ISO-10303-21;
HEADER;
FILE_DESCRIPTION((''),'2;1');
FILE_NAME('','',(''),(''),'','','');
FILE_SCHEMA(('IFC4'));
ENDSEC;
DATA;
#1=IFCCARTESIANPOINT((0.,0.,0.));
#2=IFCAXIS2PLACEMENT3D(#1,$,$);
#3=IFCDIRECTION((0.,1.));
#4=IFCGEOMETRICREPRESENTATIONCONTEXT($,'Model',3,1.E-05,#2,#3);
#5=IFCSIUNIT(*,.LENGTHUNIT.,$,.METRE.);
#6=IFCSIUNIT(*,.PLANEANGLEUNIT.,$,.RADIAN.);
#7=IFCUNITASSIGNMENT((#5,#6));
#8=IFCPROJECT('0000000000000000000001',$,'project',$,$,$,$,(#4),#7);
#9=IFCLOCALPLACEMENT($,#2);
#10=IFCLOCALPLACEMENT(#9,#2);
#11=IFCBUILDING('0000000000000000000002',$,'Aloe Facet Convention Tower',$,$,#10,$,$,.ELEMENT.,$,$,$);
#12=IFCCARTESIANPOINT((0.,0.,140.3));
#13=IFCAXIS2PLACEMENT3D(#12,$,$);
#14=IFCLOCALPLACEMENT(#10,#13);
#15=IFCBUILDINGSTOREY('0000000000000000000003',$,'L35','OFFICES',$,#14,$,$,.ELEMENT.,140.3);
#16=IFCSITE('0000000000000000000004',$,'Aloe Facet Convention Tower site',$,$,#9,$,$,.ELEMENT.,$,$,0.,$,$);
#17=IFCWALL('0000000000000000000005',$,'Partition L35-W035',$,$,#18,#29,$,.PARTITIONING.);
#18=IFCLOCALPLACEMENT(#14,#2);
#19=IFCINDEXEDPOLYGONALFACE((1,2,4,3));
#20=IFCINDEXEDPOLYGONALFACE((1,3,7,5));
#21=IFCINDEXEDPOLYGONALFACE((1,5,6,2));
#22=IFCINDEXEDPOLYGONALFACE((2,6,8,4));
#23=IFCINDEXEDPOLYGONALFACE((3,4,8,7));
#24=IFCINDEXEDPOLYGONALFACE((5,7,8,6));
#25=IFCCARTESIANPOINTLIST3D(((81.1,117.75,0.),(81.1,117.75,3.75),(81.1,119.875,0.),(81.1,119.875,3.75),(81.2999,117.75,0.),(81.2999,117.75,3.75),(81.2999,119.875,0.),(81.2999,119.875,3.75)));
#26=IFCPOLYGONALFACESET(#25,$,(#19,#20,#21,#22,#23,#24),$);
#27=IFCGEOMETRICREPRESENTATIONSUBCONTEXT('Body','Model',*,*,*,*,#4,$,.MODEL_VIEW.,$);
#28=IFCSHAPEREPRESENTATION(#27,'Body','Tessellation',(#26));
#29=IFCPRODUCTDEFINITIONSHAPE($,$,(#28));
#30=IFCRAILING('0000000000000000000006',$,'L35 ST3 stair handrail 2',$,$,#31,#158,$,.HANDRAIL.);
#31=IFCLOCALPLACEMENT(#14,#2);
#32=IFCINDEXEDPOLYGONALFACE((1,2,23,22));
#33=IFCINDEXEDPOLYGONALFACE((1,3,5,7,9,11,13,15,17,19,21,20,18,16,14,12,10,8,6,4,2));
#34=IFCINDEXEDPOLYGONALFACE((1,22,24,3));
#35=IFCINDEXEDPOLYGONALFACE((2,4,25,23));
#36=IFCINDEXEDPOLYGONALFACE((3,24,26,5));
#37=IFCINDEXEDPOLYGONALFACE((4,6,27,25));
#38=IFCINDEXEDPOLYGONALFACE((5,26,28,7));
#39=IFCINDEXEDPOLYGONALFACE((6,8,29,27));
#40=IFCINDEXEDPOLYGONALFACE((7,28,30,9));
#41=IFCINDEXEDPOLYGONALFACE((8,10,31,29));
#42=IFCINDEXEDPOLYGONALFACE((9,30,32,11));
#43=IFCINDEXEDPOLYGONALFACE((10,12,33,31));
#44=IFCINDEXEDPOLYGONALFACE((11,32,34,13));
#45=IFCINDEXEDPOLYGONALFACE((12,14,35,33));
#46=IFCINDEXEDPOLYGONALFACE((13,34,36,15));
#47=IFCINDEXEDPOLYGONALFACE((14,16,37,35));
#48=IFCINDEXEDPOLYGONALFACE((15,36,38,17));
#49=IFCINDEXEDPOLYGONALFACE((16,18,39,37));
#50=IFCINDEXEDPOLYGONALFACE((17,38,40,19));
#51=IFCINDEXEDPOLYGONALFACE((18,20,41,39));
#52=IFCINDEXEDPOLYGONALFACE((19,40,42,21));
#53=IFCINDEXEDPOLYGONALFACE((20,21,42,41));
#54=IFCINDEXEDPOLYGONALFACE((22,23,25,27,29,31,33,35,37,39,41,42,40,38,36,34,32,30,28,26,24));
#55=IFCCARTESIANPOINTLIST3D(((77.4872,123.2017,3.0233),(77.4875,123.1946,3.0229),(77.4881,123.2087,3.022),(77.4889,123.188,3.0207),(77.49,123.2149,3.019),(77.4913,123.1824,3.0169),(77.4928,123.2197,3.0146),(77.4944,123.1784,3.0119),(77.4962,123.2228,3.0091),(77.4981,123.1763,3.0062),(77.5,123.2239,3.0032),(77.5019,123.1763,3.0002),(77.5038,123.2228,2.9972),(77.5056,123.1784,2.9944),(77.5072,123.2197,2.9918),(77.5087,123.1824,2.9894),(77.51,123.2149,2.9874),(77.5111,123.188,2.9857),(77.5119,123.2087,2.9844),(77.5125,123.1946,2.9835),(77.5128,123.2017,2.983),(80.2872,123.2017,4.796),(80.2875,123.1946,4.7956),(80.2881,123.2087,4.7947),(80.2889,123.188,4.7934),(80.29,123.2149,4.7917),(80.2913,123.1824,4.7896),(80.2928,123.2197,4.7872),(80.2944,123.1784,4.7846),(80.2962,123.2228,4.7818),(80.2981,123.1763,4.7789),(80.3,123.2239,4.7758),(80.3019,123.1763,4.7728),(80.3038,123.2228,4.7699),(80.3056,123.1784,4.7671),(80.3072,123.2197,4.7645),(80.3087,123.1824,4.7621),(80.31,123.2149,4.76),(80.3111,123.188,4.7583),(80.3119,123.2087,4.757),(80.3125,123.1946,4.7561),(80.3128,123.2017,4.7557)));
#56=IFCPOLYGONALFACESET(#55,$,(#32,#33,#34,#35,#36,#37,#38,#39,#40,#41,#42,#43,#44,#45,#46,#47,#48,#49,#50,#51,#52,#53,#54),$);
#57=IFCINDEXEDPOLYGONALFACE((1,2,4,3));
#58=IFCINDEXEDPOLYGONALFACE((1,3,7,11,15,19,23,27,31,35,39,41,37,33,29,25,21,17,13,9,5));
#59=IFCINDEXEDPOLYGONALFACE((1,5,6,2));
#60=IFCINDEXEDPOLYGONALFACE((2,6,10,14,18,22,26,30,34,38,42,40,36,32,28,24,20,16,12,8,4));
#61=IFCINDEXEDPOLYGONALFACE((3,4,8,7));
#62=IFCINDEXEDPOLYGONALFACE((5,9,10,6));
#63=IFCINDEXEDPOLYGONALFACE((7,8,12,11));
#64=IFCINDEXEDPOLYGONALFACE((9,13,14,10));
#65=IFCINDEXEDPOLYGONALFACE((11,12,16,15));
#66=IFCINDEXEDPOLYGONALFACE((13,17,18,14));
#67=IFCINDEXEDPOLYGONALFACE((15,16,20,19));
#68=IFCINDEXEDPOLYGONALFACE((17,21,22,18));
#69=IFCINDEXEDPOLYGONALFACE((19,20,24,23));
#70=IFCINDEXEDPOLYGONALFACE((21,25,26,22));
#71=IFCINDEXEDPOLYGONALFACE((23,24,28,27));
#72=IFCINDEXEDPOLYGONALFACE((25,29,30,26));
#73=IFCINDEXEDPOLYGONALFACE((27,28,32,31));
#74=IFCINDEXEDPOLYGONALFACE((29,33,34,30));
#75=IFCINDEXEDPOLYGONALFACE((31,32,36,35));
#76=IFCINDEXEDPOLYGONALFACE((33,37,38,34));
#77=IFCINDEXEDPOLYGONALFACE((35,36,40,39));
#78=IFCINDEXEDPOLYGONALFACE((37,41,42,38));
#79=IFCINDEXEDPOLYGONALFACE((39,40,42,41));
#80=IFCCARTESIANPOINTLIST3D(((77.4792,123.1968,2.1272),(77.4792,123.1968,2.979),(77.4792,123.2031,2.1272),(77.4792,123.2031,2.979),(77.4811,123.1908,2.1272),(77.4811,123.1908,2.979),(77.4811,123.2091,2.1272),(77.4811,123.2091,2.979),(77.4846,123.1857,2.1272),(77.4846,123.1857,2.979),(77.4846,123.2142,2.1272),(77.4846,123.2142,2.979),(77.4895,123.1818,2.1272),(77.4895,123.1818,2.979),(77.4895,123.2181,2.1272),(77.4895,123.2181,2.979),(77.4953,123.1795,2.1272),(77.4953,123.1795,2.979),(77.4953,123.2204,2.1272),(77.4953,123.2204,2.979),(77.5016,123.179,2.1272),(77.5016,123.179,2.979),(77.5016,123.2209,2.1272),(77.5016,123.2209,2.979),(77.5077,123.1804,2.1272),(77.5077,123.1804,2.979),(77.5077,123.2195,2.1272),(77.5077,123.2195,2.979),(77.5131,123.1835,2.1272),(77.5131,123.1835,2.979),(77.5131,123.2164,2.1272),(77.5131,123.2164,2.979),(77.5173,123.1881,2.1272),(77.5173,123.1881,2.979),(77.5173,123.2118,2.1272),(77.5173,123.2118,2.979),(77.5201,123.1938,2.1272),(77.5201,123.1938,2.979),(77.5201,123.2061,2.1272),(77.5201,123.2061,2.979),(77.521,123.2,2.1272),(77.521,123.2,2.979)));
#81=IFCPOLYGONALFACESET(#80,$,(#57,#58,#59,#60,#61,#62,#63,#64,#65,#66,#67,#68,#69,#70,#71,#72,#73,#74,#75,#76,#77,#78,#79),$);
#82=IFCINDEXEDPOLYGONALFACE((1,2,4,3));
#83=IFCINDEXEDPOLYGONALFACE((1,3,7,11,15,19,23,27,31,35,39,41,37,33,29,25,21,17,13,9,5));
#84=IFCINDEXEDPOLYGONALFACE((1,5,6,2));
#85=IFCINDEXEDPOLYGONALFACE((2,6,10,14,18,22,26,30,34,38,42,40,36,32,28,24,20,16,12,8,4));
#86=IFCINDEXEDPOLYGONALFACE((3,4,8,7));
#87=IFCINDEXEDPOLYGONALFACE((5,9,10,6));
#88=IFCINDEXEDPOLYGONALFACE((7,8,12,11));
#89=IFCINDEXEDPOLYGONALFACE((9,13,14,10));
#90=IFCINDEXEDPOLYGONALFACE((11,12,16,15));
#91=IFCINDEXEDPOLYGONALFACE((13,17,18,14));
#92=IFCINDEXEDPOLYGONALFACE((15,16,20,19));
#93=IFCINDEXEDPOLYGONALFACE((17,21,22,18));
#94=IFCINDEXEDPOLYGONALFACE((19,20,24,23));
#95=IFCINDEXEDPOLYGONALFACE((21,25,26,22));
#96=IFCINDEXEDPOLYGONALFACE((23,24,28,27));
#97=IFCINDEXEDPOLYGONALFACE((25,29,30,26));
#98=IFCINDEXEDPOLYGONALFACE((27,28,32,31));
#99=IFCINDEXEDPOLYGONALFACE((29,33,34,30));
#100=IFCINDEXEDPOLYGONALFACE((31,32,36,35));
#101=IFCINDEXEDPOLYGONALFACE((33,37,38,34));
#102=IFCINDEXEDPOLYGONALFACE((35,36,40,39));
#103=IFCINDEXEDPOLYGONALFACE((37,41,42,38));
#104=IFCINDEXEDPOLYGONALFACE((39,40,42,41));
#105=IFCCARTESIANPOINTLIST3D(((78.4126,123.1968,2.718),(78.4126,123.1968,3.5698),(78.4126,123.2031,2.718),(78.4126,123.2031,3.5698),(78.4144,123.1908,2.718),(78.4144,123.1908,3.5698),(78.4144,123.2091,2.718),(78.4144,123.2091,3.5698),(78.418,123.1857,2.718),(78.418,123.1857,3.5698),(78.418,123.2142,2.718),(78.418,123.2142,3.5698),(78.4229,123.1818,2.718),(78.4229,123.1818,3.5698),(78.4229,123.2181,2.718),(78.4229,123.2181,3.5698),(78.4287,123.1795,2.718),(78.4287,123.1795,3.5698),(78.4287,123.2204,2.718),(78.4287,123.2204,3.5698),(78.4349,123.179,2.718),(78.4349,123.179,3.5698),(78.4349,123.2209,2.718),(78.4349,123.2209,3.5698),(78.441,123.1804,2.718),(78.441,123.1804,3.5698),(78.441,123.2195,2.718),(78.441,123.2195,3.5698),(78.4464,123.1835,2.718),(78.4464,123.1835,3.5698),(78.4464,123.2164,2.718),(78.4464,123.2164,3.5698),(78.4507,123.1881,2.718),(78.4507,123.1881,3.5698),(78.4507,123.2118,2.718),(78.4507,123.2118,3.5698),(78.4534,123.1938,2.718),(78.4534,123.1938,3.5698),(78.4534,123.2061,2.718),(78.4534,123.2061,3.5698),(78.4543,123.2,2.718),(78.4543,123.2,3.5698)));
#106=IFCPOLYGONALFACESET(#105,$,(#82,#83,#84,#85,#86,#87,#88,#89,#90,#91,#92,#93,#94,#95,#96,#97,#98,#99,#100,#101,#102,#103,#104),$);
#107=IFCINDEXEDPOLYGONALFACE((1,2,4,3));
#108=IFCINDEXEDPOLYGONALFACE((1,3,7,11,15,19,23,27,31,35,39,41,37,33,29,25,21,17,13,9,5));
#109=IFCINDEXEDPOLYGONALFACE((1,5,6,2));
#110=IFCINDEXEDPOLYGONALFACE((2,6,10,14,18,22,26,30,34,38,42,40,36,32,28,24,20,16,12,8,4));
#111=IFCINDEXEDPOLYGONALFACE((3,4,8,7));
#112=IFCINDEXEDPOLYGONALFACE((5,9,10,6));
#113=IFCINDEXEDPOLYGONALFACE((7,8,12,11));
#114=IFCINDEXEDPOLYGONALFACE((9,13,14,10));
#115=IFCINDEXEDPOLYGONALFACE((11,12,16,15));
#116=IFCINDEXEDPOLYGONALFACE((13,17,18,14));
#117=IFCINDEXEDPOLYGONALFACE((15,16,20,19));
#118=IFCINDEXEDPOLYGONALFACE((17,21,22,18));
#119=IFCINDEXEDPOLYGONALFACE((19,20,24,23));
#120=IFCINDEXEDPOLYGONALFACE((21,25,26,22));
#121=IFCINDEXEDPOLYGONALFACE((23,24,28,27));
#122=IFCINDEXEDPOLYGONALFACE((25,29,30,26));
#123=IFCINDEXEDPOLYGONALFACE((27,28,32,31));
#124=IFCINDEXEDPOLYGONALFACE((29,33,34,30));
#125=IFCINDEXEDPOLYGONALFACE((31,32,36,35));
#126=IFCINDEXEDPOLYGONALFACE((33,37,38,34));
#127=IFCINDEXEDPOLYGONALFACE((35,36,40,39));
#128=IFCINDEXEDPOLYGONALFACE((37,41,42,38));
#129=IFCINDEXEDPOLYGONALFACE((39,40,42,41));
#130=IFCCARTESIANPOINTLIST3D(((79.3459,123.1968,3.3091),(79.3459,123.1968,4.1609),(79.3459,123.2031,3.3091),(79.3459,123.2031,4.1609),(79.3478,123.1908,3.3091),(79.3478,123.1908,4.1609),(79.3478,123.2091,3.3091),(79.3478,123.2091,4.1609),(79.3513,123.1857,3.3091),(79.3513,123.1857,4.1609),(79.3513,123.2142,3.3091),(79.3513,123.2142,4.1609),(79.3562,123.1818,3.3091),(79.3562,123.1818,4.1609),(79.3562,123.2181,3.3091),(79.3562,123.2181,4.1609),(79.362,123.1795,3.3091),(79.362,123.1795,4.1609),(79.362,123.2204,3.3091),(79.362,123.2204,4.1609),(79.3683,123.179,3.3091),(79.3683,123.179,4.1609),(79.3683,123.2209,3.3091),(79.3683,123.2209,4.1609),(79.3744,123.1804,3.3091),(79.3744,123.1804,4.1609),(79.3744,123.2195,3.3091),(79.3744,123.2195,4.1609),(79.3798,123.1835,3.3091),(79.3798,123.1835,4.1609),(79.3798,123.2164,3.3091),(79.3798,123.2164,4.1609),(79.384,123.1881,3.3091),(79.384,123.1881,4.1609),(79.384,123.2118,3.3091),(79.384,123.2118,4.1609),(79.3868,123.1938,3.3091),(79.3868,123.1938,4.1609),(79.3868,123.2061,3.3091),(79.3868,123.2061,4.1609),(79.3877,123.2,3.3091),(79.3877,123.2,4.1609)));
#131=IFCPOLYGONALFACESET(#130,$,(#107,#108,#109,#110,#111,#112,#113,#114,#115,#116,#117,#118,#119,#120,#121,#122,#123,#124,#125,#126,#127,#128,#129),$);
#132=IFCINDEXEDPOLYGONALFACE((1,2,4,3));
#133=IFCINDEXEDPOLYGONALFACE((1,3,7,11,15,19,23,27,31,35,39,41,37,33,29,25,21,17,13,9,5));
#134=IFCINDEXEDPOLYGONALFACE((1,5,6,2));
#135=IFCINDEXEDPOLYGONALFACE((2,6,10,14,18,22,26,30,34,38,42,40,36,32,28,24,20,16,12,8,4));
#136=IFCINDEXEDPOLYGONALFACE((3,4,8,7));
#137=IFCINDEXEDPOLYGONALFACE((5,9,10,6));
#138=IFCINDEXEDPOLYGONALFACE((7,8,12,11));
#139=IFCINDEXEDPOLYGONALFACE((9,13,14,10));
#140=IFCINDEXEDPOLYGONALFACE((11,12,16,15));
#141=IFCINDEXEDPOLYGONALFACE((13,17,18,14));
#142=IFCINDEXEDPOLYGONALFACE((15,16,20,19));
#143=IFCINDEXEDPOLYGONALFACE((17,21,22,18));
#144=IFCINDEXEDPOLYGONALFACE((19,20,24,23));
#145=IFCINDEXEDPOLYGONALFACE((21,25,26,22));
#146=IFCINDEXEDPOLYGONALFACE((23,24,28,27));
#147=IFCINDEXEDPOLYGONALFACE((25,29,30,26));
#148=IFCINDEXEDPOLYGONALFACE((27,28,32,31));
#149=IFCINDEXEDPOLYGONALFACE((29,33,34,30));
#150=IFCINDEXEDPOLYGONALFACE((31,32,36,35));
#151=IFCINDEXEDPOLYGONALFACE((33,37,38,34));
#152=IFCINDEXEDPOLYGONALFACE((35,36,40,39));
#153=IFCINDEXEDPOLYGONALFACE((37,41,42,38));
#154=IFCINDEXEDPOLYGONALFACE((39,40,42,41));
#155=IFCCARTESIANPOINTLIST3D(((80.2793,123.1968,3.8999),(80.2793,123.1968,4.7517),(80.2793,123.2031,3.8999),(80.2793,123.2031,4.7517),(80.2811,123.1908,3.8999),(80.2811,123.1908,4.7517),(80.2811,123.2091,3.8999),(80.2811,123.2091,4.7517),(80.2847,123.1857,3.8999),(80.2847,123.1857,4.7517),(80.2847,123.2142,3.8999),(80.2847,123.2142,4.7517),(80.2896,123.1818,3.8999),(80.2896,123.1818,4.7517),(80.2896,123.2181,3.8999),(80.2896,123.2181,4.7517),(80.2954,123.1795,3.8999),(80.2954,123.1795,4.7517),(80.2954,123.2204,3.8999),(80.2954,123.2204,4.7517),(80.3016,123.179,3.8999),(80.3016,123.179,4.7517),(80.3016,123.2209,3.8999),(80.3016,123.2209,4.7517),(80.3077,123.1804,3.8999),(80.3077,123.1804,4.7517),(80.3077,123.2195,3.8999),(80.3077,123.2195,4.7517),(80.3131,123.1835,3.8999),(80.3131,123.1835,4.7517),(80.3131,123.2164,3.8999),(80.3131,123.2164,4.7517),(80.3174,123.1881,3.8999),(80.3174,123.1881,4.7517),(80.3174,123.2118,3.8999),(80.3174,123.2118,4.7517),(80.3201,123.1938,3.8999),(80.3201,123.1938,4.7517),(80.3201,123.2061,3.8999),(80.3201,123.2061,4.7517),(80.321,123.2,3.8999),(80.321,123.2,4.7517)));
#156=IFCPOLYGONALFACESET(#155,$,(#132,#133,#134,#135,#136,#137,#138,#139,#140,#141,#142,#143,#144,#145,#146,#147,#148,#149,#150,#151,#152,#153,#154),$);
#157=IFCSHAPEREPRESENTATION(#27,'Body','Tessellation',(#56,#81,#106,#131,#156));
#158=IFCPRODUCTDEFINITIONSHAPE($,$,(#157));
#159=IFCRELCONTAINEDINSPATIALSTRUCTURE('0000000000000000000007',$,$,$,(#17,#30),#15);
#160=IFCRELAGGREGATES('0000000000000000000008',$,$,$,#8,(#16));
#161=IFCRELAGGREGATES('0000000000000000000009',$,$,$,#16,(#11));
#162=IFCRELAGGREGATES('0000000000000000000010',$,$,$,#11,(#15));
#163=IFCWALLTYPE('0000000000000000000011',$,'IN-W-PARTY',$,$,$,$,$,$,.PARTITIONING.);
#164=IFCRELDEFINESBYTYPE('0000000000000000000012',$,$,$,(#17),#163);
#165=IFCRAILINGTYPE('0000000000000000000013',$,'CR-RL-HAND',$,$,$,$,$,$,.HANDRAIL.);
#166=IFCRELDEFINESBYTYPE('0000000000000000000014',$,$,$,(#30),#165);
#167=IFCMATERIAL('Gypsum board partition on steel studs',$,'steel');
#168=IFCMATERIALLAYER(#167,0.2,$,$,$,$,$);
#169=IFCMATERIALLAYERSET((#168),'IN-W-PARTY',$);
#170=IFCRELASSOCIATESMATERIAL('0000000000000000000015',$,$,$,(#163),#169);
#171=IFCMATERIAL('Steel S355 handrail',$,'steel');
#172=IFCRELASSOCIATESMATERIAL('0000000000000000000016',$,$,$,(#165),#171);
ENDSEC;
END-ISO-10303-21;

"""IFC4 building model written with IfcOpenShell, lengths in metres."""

from ifc_helpers import new_model, si_unit, direction, frame, frame_2d, origin, origin_2d, place, context, subcontext, project, spatial, rectangle, circle, extrude, material, layer, layer_set, type_object, element, save


model = new_model("IFC4")

# Units and contexts
model_context = context("Model", 3, precision=1e-05, world=origin(), true_north=direction((0.0, 1.0)))
body_context = subcontext(model_context, "Body", "Model", "MODEL_VIEW")
ifc_project = project(units=[si_unit("LENGTHUNIT", "METRE"), si_unit("PLANEANGLEUNIT", "RADIAN")], contexts=[model_context])

# Site, building, storey
site_placement = place(None, origin())
site = spatial("IfcSite", under=ifc_project, at=site_placement, Name="Aloe Facet Convention Tower site", CompositionType="ELEMENT", RefElevation=0.0)
building_placement = place(site_placement, origin())
building = spatial("IfcBuilding", under=site, at=building_placement, Name="Aloe Facet Convention Tower", CompositionType="ELEMENT")
storey_placement = place(building_placement, frame((0.0, 0.0, 140.3)))
storey = spatial("IfcBuildingStorey", under=building, at=storey_placement, Name="L35", Description="OFFICES", CompositionType="ELEMENT", Elevation=140.3)

# Wall
ifc_material_1 = material(Name="Gypsum board partition on steel studs", Category="steel")
ifc_layer_1 = layer(ifc_material_1, 0.2)
ifc_layer_set_1 = layer_set([ifc_layer_1], Name="IN-W-PARTY")
wall_type_1 = type_object("IfcWallType", Name="IN-W-PARTY", PredefinedType="PARTITIONING", material=ifc_layer_set_1)
wall_1_placement = place(storey_placement, frame((81.2, 117.75, 0.0), z_axis=(0.0, 0.0, 1.0), x_axis=(0.0, 1.0, 0.0)))
element("IfcWall", 1, at=wall_1_placement, inside=storey, type_object=wall_type_1, Name="Partition L35-W035", PredefinedType="PARTITIONING", context=body_context, shape_type="SweptSolid", body=[
    extrude(rectangle(XDim=2.125, YDim=0.2, at=frame_2d((1.0625, 0.0))), origin(), (0.0, 0.0, 1.0), 3.75),
])

# Railing
ifc_material_2 = material(Name="Steel S355 handrail", Category="steel")
railing_type = type_object("IfcRailingType", Name="CR-RL-HAND", PredefinedType="HANDRAIL", material=ifc_material_2)
railing_placement = place(storey_placement, frame((77.5, 123.2, 2.1272)))
element("IfcRailing", 2, at=railing_placement, inside=storey, type_object=railing_type, Name="L35 ST3 stair handrail 2", PredefinedType="HANDRAIL", context=body_context, shape_type="SweptSolid", body=[
    extrude(circle(Radius=0.0239, at=origin_2d()), frame((0.0, 0.0, 0.876), z_axis=(0.844909, 0.0, 0.53491), x_axis=(0.0, 1.0, 0.0)), (0.0, 0.0, 1.0), 3.314),
    extrude(circle(Radius=0.021, at=origin_2d()), origin(), (0.0, 0.0, 1.0), 0.8518),
    extrude(circle(Radius=0.021, at=origin_2d()), frame((0.9333, 0.0, 0.5908)), (0.0, 0.0, 1.0), 0.8518),
    extrude(circle(Radius=0.021, at=origin_2d()), frame((1.8667, 0.0, 1.1819)), (0.0, 0.0, 1.0), 0.8518),
    extrude(circle(Radius=0.021, at=origin_2d()), frame((2.8, 0.0, 1.7727)), (0.0, 0.0, 1.0), 0.8518),
])

save(model, "model.ifc")
